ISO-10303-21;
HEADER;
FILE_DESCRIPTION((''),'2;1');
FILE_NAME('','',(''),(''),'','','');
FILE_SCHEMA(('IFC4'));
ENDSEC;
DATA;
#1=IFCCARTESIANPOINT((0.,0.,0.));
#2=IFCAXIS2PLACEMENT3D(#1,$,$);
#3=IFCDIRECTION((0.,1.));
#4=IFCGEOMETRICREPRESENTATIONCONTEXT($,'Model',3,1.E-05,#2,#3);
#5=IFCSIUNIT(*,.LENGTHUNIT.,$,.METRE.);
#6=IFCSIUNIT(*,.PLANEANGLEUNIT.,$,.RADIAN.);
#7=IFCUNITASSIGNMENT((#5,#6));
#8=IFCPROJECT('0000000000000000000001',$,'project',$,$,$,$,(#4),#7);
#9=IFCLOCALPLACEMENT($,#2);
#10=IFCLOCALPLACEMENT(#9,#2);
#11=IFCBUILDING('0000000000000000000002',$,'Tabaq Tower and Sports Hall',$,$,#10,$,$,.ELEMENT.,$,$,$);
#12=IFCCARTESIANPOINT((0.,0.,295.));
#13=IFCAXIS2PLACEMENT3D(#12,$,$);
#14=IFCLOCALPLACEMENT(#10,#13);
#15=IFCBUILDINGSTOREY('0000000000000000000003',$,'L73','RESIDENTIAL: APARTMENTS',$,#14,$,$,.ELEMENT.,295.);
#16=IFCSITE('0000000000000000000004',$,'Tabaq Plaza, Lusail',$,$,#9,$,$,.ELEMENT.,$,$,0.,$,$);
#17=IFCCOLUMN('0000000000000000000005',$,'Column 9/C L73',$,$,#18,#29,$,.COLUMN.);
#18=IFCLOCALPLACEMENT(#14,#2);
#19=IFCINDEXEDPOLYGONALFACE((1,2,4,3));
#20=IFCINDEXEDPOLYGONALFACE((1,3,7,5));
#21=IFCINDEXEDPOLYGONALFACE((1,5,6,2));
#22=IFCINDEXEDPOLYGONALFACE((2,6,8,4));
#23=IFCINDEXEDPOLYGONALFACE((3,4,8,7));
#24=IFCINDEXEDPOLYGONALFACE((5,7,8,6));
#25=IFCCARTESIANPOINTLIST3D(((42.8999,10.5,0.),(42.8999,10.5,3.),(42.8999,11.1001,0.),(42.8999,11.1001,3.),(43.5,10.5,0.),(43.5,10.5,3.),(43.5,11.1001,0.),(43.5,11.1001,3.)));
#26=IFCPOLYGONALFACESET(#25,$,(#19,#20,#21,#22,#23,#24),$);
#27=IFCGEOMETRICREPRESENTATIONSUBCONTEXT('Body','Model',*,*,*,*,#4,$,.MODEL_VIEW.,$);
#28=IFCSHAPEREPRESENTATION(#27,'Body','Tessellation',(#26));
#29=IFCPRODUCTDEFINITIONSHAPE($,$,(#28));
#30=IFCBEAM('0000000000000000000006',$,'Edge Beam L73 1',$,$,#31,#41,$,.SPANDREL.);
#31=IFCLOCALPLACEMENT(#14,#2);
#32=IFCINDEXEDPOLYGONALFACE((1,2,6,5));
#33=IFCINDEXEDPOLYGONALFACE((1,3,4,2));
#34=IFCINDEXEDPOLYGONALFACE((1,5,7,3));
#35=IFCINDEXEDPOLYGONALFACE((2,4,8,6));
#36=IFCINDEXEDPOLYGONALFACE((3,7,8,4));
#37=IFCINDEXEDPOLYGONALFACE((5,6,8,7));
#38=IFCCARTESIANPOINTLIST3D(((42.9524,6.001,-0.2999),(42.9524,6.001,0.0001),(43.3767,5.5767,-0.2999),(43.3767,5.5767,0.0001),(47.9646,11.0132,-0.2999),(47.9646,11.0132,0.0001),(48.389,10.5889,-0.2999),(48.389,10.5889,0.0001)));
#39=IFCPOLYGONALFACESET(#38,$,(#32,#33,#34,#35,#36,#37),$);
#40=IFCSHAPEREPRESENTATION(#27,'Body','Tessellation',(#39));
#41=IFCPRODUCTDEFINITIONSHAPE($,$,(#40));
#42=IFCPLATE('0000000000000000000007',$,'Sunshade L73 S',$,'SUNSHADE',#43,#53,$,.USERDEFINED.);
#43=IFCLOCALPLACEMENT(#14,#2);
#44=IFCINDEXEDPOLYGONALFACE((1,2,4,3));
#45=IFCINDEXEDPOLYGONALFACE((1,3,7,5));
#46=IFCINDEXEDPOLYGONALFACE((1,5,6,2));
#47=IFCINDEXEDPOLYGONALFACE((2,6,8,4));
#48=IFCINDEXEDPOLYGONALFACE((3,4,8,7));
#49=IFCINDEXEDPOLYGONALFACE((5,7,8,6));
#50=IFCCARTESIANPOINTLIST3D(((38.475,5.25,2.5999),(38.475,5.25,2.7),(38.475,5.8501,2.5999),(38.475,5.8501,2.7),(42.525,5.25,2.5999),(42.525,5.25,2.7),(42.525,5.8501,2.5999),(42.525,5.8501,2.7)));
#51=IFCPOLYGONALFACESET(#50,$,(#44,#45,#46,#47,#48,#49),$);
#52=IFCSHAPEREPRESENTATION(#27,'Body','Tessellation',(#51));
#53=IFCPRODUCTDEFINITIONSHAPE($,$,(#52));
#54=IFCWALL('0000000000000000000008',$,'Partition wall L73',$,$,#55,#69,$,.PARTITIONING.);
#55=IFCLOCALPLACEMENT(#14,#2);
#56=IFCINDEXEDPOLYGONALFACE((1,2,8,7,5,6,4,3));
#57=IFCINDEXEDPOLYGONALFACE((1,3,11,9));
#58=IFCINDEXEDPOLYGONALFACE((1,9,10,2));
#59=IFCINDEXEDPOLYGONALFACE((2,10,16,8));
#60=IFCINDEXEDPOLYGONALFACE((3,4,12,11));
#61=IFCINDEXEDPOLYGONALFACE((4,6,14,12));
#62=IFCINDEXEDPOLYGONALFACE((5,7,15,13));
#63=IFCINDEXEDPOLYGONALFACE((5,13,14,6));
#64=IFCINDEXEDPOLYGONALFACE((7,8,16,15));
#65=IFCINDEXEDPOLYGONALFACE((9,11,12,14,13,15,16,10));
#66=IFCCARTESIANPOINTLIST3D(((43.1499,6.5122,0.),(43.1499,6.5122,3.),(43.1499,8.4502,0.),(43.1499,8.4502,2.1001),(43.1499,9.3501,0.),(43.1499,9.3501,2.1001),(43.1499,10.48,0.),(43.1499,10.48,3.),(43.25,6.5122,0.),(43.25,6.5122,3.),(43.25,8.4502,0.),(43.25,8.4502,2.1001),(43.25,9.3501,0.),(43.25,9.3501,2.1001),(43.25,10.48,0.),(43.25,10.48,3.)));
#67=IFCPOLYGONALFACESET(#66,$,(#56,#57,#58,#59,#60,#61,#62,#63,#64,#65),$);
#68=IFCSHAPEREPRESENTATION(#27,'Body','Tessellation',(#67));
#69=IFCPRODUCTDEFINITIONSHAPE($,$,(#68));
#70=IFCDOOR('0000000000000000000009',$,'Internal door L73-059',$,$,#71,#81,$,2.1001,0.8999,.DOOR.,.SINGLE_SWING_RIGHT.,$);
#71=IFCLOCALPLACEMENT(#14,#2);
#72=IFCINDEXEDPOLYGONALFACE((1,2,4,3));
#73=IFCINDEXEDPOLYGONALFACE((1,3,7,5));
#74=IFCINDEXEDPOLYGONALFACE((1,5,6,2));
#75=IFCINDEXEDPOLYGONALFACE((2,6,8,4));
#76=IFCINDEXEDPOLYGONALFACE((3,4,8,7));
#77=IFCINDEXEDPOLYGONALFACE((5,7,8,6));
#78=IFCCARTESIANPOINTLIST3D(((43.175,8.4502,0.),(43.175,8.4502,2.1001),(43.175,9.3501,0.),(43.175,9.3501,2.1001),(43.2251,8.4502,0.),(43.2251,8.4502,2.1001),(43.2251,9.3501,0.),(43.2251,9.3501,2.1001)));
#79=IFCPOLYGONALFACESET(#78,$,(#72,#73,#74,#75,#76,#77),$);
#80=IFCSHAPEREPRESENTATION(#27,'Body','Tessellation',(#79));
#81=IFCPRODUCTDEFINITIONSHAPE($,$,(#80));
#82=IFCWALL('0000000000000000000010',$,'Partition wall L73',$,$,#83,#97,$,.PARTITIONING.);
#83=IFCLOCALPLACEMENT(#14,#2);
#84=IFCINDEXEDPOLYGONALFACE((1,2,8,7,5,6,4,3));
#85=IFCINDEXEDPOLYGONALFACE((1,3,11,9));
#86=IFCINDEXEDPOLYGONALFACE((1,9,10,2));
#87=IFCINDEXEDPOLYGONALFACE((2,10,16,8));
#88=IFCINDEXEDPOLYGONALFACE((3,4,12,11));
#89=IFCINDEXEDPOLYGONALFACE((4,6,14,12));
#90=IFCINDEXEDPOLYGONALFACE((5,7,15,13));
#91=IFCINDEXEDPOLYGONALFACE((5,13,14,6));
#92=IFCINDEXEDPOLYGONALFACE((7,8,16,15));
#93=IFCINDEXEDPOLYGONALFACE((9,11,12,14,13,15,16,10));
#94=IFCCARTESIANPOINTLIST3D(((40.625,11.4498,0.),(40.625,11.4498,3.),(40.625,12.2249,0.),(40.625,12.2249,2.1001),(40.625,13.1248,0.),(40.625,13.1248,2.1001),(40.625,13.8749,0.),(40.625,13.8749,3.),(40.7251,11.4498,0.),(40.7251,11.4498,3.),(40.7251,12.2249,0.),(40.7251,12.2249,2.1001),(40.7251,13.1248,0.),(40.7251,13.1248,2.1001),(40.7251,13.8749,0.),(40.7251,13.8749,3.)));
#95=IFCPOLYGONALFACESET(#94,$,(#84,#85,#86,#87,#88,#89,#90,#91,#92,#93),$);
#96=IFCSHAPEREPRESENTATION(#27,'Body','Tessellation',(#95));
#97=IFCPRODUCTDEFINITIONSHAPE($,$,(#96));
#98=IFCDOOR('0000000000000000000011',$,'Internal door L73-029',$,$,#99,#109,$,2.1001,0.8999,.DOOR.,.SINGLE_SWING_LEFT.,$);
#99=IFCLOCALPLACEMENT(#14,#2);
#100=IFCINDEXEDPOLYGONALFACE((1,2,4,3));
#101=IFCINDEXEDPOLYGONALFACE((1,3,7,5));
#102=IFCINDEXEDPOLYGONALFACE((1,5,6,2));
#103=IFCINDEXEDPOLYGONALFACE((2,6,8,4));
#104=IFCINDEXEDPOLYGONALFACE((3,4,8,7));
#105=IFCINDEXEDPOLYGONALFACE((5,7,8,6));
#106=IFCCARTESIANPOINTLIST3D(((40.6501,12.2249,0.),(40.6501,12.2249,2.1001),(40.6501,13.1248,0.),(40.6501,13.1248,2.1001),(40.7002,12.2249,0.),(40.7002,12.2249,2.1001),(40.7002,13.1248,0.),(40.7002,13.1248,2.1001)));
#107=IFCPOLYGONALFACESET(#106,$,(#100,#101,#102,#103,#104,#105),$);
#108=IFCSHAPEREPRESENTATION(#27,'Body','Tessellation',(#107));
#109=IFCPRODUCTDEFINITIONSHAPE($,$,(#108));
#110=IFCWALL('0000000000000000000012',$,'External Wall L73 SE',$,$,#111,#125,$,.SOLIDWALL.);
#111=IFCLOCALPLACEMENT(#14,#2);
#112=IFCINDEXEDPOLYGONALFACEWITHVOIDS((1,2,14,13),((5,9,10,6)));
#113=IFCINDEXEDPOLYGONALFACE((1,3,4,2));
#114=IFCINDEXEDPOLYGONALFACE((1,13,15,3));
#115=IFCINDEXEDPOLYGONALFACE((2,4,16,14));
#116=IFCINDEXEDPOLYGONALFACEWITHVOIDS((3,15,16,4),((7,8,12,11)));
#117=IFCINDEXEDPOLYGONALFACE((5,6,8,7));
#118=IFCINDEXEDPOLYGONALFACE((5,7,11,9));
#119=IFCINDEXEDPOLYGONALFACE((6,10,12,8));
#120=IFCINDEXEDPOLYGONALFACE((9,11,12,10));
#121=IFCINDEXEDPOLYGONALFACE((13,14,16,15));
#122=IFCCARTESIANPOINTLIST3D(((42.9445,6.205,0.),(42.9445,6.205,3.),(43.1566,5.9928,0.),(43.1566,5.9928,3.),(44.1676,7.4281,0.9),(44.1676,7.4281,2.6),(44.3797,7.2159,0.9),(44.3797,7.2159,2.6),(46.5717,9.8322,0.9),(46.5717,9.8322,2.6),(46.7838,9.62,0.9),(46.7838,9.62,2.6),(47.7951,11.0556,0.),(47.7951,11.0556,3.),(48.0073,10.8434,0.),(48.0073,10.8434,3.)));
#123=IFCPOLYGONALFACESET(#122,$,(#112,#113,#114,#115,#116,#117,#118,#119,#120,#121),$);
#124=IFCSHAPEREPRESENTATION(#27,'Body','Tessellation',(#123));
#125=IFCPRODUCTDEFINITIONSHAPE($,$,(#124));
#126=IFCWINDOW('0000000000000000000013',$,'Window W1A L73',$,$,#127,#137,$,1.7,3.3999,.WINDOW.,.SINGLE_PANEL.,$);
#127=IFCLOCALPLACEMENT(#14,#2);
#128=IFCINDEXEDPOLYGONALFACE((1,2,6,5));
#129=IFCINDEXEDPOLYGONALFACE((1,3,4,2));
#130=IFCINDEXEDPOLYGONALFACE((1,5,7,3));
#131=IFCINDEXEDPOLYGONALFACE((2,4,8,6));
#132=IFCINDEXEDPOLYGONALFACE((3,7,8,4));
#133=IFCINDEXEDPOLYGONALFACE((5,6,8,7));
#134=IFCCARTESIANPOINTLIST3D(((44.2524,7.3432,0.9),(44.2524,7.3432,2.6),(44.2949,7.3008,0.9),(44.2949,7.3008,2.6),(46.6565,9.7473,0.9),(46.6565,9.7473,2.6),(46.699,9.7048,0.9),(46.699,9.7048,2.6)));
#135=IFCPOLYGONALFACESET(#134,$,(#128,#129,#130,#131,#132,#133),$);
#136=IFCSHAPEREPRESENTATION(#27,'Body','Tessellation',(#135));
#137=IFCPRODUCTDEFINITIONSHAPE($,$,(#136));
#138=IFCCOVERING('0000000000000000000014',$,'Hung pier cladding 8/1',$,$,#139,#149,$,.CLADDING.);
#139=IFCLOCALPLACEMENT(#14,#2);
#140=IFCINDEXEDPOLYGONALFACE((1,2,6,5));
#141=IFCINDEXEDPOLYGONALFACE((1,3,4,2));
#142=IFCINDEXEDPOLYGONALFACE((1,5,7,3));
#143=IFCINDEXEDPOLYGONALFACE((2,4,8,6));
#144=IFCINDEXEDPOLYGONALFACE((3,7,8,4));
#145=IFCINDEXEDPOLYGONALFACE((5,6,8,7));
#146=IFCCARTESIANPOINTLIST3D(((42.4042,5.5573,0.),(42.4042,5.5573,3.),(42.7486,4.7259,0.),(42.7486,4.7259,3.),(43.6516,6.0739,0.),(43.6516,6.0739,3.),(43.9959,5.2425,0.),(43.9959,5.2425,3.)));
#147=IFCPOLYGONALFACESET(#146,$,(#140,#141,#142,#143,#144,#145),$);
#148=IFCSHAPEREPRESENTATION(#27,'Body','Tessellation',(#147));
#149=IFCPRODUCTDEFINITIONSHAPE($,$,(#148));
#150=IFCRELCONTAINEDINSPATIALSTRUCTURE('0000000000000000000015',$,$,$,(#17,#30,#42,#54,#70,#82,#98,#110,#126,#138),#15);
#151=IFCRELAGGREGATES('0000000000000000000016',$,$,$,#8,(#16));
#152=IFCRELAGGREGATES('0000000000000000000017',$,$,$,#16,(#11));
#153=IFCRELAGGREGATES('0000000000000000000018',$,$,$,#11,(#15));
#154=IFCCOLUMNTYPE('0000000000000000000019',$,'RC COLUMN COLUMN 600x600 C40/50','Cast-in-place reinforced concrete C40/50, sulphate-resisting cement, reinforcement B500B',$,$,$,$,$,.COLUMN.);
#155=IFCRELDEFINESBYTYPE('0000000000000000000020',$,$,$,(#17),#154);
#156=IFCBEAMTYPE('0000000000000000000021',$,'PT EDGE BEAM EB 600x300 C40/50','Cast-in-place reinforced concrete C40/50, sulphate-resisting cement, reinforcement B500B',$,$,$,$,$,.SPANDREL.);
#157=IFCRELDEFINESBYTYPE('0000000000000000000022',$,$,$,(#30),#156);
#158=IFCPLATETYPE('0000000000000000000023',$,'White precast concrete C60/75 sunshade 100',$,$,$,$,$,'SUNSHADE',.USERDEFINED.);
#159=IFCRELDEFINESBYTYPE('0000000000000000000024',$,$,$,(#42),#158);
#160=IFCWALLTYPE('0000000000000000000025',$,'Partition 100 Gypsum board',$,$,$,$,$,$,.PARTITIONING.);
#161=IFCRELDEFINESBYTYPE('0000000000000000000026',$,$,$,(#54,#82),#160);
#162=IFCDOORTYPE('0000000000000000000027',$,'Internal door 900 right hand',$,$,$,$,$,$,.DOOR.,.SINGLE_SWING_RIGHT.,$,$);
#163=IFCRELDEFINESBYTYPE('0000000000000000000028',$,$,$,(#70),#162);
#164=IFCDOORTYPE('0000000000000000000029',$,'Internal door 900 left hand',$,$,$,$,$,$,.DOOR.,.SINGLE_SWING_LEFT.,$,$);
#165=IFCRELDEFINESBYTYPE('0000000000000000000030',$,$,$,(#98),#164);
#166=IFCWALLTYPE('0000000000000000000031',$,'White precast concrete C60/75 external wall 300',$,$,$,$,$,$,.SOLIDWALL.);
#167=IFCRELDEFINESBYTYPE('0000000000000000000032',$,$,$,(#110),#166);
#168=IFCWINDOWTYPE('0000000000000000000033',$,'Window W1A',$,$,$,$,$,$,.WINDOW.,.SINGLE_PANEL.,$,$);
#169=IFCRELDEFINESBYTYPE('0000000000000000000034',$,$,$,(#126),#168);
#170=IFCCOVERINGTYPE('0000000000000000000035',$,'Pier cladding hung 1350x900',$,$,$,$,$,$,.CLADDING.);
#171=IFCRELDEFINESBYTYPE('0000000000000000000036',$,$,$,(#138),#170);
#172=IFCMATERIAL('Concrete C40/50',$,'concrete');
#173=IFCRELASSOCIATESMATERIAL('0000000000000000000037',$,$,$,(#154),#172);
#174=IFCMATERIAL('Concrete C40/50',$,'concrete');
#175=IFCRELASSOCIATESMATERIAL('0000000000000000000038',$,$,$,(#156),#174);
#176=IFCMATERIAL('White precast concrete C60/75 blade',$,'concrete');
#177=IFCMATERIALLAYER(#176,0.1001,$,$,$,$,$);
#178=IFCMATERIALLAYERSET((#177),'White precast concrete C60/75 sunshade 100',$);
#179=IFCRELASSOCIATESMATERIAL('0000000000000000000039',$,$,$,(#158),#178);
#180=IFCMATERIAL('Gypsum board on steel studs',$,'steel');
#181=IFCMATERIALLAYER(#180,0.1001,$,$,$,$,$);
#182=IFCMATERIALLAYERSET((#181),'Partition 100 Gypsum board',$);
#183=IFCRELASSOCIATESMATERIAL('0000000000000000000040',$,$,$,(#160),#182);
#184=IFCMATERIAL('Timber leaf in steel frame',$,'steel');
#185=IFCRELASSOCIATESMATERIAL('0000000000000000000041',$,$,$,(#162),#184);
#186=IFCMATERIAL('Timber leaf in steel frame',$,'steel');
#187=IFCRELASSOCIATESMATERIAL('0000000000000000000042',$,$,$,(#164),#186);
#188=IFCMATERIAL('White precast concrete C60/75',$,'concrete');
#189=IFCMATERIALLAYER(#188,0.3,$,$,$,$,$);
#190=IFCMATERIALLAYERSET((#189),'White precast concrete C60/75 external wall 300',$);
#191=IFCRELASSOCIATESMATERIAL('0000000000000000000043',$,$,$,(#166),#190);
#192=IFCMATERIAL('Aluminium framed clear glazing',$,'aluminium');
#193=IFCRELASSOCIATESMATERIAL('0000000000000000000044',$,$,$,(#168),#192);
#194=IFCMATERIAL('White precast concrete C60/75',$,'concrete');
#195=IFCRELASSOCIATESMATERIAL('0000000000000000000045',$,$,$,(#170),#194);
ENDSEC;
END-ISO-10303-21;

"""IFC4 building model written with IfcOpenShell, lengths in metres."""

from ifc_helpers import new_model, si_unit, direction, frame, frame_2d, origin, origin_2d, place, context, subcontext, project, spatial, rectangle, extrude, material, layer, layer_set, material_profile, profile_set, type_object, element, fill, save


model = new_model("IFC4")

# Units and contexts
model_context = context("Model", 3, precision=1e-05, world=origin(), true_north=direction((0.0, 1.0)))
body_context = subcontext(model_context, "Body", "Model", "MODEL_VIEW")
ifc_project = project(units=[si_unit("LENGTHUNIT", "METRE"), si_unit("PLANEANGLEUNIT", "RADIAN")], contexts=[model_context])

# Site, building, storey
site_placement = place(None, origin())
site = spatial("IfcSite", under=ifc_project, at=site_placement, Name="Tabaq Plaza, Lusail", CompositionType="ELEMENT", RefElevation=0.0)
building_placement = place(site_placement, origin())
building = spatial("IfcBuilding", under=site, at=building_placement, Name="Tabaq Tower and Sports Hall", CompositionType="ELEMENT")
storey_placement = place(building_placement, frame((0.0, 0.0, 295.0)))
storey = spatial("IfcBuildingStorey", under=building, at=storey_placement, Name="L73", Description="RESIDENTIAL: APARTMENTS", CompositionType="ELEMENT", Elevation=295.0)

# Column
ifc_material_1 = material(Name="Concrete C40/50", Category="concrete")
ifc_material_profile_1 = material_profile(ifc_material_1, rectangle(XDim=0.6001, YDim=0.6001, at=origin_2d()), Name="COLUMN 600x600")
ifc_profile_set_1 = profile_set([ifc_material_profile_1], Name="Concrete C40/50")
column_type = type_object("IfcColumnType", Name="RC COLUMN COLUMN 600x600 C40/50", Description="Cast-in-place reinforced concrete C40/50, sulphate-resisting cement, reinforcement B500B", PredefinedType="COLUMN", material=ifc_profile_set_1)
column_placement = place(storey_placement, frame((43.2, 10.8, 0.0), z_axis=(0.0, 0.0, 1.0), x_axis=(1.0, 0.0, 0.0)))
element("IfcColumn", 1, at=column_placement, inside=storey, type_object=column_type, Name="Column 9/C L73", PredefinedType="COLUMN", context=body_context, shape_type="SweptSolid", body=[
    extrude(rectangle(XDim=0.6001, YDim=0.6001, at=origin_2d()), origin(), (0.0, 0.0, 1.0), 3.0),
])

# Beam
ifc_material_2 = material(Name="Concrete C40/50", Category="concrete")
ifc_material_profile_2 = material_profile(ifc_material_2, rectangle(XDim=0.6001, YDim=0.3, at=origin_2d()), Name="EB 600x300")
ifc_profile_set_2 = profile_set([ifc_material_profile_2], Name="Concrete C40/50")
beam_type = type_object("IfcBeamType", Name="PT EDGE BEAM EB 600x300 C40/50", Description="Cast-in-place reinforced concrete C40/50, sulphate-resisting cement, reinforcement B500B", PredefinedType="SPANDREL", material=ifc_profile_set_2)
beam_placement = place(storey_placement, frame((43.1646, 5.7888, -0.1499), z_axis=(0.707107, 0.707107, 0.0), x_axis=(-0.707107, 0.707107, 0.0)))
element("IfcBeam", 2, at=beam_placement, inside=storey, type_object=beam_type, Name="Edge Beam L73 1", PredefinedType="SPANDREL", context=body_context, shape_type="SweptSolid", body=[
    extrude(rectangle(XDim=0.6001, YDim=0.3, at=origin_2d()), origin(), (0.0, 0.0, 1.0), 7.0884),
])

# Plate
ifc_material_3 = material(Name="White precast concrete C60/75 blade", Category="concrete")
ifc_layer_1 = layer(ifc_material_3, 0.1001)
ifc_layer_set_1 = layer_set([ifc_layer_1], Name="White precast concrete C60/75 sunshade 100")
plate_type = type_object("IfcPlateType", Name="White precast concrete C60/75 sunshade 100", ElementType="SUNSHADE", PredefinedType="USERDEFINED", material=ifc_layer_set_1)
plate_placement = place(storey_placement, frame((40.5, 5.55, 2.5999), z_axis=(0.0, 0.0, 1.0), x_axis=(1.0, 0.0, 0.0)))
element("IfcPlate", 3, at=plate_placement, inside=storey, type_object=plate_type, Name="Sunshade L73 S", ObjectType="SUNSHADE", PredefinedType="USERDEFINED", context=body_context, shape_type="SweptSolid", body=[
    extrude(rectangle(XDim=4.05, YDim=0.6001, at=origin_2d()), origin(), (0.0, 0.0, 1.0), 0.1001),
])

# Walls, openings, doors
ifc_material_4 = material(Name="Gypsum board on steel studs", Category="steel")
ifc_layer_2 = layer(ifc_material_4, 0.1001)
ifc_layer_set_2 = layer_set([ifc_layer_2], Name="Partition 100 Gypsum board")
wall_type_1 = type_object("IfcWallType", Name="Partition 100 Gypsum board", PredefinedType="PARTITIONING", material=ifc_layer_set_2)
wall_1_placement = place(storey_placement, frame((43.2, 6.5122, 0.0), z_axis=(0.0, 0.0, 1.0), x_axis=(0.0, 1.0, 0.0)))
wall_1 = element("IfcWall", 4, at=wall_1_placement, inside=storey, type_object=wall_type_1, Name="Partition wall L73", PredefinedType="PARTITIONING", context=body_context, shape_type="SweptSolid", body=[
    extrude(rectangle(XDim=3.9678, YDim=0.1001, at=frame_2d((1.9839, 0.0))), origin(), (0.0, 0.0, 1.0), 3.0),
])
opening_1_placement = place(wall_1_placement, frame((1.938, 0.0, 0.0)))
opening_1 = element("IfcOpeningElement", 5, at=opening_1_placement, cuts=wall_1, PredefinedType="OPENING", context=body_context, shape_type="SweptSolid", body=[
    extrude(rectangle(XDim=0.8999, YDim=2.1001, at=frame_2d((0.45, 1.05))), frame((0.0, 0.05, 0.0), z_axis=(0.0, -1.0, 0.0), x_axis=(1.0, 0.0, 0.0)), (0.0, 0.0, 1.0), 0.1001),
])
ifc_material_5 = material(Name="Timber leaf in steel frame", Category="steel")
door_type_1 = type_object("IfcDoorType", Name="Internal door 900 right hand", OperationType="SINGLE_SWING_RIGHT", PredefinedType="DOOR", material=ifc_material_5)
door_1_placement = place(opening_1_placement, origin())
door_1 = element("IfcDoor", 6, at=door_1_placement, inside=storey, type_object=door_type_1, Name="Internal door L73-059", OperationType="SINGLE_SWING_RIGHT", OverallHeight=2.1001, OverallWidth=0.8999, PredefinedType="DOOR", context=body_context, shape_type="SweptSolid", body=[
    extrude(rectangle(XDim=0.8999, YDim=2.1001, at=frame_2d((0.45, 1.05))), frame((0.0, 0.0249, 0.0), z_axis=(0.0, -1.0, 0.0), x_axis=(1.0, 0.0, 0.0)), (0.0, 0.0, 1.0), 0.05),
])
fill(opening_1, door_1)
wall_2_placement = place(storey_placement, frame((40.675, 11.45, 0.0), z_axis=(0.0, 0.0, 1.0), x_axis=(0.0, 1.0, 0.0)))
wall_2 = element("IfcWall", 7, at=wall_2_placement, inside=storey, type_object=wall_type_1, Name="Partition wall L73", PredefinedType="PARTITIONING", context=body_context, shape_type="SweptSolid", body=[
    extrude(rectangle(XDim=2.425, YDim=0.1001, at=frame_2d((1.2124, 0.0))), origin(), (0.0, 0.0, 1.0), 3.0),
])
opening_2_placement = place(wall_2_placement, frame((0.7749, 0.0, 0.0)))
opening_2 = element("IfcOpeningElement", 8, at=opening_2_placement, cuts=wall_2, PredefinedType="OPENING", context=body_context, shape_type="SweptSolid", body=[
    extrude(rectangle(XDim=0.8999, YDim=2.1001, at=frame_2d((0.45, 1.05))), frame((0.0, 0.05, 0.0), z_axis=(0.0, -1.0, 0.0), x_axis=(1.0, 0.0, 0.0)), (0.0, 0.0, 1.0), 0.1001),
])
ifc_material_6 = material(Name="Timber leaf in steel frame", Category="steel")
door_type_2 = type_object("IfcDoorType", Name="Internal door 900 left hand", OperationType="SINGLE_SWING_LEFT", PredefinedType="DOOR", material=ifc_material_6)
door_2_placement = place(opening_2_placement, origin())
door_2 = element("IfcDoor", 9, at=door_2_placement, inside=storey, type_object=door_type_2, Name="Internal door L73-029", OperationType="SINGLE_SWING_LEFT", OverallHeight=2.1001, OverallWidth=0.8999, PredefinedType="DOOR", context=body_context, shape_type="SweptSolid", body=[
    extrude(rectangle(XDim=0.8999, YDim=2.1001, at=frame_2d((0.45, 1.05))), frame((0.0, 0.0249, 0.0), z_axis=(0.0, -1.0, 0.0), x_axis=(1.0, 0.0, 0.0)), (0.0, 0.0, 1.0), 0.05),
])
fill(opening_2, door_2)

# Wall, opening, window
ifc_material_7 = material(Name="White precast concrete C60/75", Category="concrete")
ifc_layer_3 = layer(ifc_material_7, 0.3)
ifc_layer_set_3 = layer_set([ifc_layer_3], Name="White precast concrete C60/75 external wall 300")
wall_type_2 = type_object("IfcWallType", Name="White precast concrete C60/75 external wall 300", PredefinedType="SOLIDWALL", material=ifc_layer_set_3)
wall_3_placement = place(storey_placement, frame((43.0505, 6.0989, 0.0), z_axis=(0.0, 0.0, 1.0), x_axis=(0.707107, 0.707107, 0.0)))
wall_3 = element("IfcWall", 10, at=wall_3_placement, inside=storey, type_object=wall_type_2, Name="External Wall L73 SE", PredefinedType="SOLIDWALL", context=body_context, shape_type="SweptSolid", body=[
    extrude(rectangle(XDim=6.8599, YDim=0.3, at=frame_2d((3.4299, 0.0))), origin(), (0.0, 0.0, 1.0), 3.0),
])
opening_3_placement = place(wall_3_placement, frame((1.7297, 0.0, 0.8999)))
opening_3 = element("IfcOpeningElement", 11, at=opening_3_placement, cuts=wall_3, PredefinedType="OPENING", context=body_context, shape_type="SweptSolid", body=[
    extrude(rectangle(XDim=3.3999, YDim=1.7, at=frame_2d((1.7, 0.8501))), frame((0.0, 0.1602, 0.0), z_axis=(0.0, -1.0, 0.0), x_axis=(1.0, 0.0, 0.0)), (0.0, 0.0, 1.0), 0.3201),
])
ifc_material_8 = material(Name="Aluminium framed clear glazing", Category="aluminium")
window_type = type_object("IfcWindowType", Name="Window W1A", PartitioningType="SINGLE_PANEL", PredefinedType="WINDOW", material=ifc_material_8)
window_placement = place(opening_3_placement, origin())
window = element("IfcWindow", 12, at=window_placement, inside=storey, type_object=window_type, Name="Window W1A L73", OverallHeight=1.7, OverallWidth=3.3999, PartitioningType="SINGLE_PANEL", PredefinedType="WINDOW", context=body_context, shape_type="SweptSolid", body=[
    extrude(rectangle(XDim=3.3999, YDim=1.7, at=frame_2d((1.7, 0.8501))), frame((0.0, 0.03, 0.0), z_axis=(0.0, -1.0, 0.0), x_axis=(1.0, 0.0, 0.0)), (0.0, 0.0, 1.0), 0.0601),
])
fill(opening_3, window)

# Covering
ifc_material_9 = material(Name="White precast concrete C60/75", Category="concrete")
covering_type_1 = type_object("IfcCoveringType", Name="Pier cladding hung 1350x900", PredefinedType="CLADDING", material=ifc_material_9)
covering_1_placement = place(storey_placement, frame((42.5764, 5.1416, 0.0), z_axis=(0.0, 0.0, 1.0), x_axis=(0.923893, 0.38265, 0.0)))
element("IfcCovering", 13, at=covering_1_placement, inside=storey, type_object=covering_type_1, Name="Hung pier cladding 8/1", PredefinedType="CLADDING", context=body_context, shape_type="SweptSolid", body=[
    extrude(rectangle(XDim=1.3501, YDim=0.8999, at=frame_2d((0.675, 0.0))), origin(), (0.0, 0.0, 1.0), 3.0),
])

save(model, "model.ifc")
